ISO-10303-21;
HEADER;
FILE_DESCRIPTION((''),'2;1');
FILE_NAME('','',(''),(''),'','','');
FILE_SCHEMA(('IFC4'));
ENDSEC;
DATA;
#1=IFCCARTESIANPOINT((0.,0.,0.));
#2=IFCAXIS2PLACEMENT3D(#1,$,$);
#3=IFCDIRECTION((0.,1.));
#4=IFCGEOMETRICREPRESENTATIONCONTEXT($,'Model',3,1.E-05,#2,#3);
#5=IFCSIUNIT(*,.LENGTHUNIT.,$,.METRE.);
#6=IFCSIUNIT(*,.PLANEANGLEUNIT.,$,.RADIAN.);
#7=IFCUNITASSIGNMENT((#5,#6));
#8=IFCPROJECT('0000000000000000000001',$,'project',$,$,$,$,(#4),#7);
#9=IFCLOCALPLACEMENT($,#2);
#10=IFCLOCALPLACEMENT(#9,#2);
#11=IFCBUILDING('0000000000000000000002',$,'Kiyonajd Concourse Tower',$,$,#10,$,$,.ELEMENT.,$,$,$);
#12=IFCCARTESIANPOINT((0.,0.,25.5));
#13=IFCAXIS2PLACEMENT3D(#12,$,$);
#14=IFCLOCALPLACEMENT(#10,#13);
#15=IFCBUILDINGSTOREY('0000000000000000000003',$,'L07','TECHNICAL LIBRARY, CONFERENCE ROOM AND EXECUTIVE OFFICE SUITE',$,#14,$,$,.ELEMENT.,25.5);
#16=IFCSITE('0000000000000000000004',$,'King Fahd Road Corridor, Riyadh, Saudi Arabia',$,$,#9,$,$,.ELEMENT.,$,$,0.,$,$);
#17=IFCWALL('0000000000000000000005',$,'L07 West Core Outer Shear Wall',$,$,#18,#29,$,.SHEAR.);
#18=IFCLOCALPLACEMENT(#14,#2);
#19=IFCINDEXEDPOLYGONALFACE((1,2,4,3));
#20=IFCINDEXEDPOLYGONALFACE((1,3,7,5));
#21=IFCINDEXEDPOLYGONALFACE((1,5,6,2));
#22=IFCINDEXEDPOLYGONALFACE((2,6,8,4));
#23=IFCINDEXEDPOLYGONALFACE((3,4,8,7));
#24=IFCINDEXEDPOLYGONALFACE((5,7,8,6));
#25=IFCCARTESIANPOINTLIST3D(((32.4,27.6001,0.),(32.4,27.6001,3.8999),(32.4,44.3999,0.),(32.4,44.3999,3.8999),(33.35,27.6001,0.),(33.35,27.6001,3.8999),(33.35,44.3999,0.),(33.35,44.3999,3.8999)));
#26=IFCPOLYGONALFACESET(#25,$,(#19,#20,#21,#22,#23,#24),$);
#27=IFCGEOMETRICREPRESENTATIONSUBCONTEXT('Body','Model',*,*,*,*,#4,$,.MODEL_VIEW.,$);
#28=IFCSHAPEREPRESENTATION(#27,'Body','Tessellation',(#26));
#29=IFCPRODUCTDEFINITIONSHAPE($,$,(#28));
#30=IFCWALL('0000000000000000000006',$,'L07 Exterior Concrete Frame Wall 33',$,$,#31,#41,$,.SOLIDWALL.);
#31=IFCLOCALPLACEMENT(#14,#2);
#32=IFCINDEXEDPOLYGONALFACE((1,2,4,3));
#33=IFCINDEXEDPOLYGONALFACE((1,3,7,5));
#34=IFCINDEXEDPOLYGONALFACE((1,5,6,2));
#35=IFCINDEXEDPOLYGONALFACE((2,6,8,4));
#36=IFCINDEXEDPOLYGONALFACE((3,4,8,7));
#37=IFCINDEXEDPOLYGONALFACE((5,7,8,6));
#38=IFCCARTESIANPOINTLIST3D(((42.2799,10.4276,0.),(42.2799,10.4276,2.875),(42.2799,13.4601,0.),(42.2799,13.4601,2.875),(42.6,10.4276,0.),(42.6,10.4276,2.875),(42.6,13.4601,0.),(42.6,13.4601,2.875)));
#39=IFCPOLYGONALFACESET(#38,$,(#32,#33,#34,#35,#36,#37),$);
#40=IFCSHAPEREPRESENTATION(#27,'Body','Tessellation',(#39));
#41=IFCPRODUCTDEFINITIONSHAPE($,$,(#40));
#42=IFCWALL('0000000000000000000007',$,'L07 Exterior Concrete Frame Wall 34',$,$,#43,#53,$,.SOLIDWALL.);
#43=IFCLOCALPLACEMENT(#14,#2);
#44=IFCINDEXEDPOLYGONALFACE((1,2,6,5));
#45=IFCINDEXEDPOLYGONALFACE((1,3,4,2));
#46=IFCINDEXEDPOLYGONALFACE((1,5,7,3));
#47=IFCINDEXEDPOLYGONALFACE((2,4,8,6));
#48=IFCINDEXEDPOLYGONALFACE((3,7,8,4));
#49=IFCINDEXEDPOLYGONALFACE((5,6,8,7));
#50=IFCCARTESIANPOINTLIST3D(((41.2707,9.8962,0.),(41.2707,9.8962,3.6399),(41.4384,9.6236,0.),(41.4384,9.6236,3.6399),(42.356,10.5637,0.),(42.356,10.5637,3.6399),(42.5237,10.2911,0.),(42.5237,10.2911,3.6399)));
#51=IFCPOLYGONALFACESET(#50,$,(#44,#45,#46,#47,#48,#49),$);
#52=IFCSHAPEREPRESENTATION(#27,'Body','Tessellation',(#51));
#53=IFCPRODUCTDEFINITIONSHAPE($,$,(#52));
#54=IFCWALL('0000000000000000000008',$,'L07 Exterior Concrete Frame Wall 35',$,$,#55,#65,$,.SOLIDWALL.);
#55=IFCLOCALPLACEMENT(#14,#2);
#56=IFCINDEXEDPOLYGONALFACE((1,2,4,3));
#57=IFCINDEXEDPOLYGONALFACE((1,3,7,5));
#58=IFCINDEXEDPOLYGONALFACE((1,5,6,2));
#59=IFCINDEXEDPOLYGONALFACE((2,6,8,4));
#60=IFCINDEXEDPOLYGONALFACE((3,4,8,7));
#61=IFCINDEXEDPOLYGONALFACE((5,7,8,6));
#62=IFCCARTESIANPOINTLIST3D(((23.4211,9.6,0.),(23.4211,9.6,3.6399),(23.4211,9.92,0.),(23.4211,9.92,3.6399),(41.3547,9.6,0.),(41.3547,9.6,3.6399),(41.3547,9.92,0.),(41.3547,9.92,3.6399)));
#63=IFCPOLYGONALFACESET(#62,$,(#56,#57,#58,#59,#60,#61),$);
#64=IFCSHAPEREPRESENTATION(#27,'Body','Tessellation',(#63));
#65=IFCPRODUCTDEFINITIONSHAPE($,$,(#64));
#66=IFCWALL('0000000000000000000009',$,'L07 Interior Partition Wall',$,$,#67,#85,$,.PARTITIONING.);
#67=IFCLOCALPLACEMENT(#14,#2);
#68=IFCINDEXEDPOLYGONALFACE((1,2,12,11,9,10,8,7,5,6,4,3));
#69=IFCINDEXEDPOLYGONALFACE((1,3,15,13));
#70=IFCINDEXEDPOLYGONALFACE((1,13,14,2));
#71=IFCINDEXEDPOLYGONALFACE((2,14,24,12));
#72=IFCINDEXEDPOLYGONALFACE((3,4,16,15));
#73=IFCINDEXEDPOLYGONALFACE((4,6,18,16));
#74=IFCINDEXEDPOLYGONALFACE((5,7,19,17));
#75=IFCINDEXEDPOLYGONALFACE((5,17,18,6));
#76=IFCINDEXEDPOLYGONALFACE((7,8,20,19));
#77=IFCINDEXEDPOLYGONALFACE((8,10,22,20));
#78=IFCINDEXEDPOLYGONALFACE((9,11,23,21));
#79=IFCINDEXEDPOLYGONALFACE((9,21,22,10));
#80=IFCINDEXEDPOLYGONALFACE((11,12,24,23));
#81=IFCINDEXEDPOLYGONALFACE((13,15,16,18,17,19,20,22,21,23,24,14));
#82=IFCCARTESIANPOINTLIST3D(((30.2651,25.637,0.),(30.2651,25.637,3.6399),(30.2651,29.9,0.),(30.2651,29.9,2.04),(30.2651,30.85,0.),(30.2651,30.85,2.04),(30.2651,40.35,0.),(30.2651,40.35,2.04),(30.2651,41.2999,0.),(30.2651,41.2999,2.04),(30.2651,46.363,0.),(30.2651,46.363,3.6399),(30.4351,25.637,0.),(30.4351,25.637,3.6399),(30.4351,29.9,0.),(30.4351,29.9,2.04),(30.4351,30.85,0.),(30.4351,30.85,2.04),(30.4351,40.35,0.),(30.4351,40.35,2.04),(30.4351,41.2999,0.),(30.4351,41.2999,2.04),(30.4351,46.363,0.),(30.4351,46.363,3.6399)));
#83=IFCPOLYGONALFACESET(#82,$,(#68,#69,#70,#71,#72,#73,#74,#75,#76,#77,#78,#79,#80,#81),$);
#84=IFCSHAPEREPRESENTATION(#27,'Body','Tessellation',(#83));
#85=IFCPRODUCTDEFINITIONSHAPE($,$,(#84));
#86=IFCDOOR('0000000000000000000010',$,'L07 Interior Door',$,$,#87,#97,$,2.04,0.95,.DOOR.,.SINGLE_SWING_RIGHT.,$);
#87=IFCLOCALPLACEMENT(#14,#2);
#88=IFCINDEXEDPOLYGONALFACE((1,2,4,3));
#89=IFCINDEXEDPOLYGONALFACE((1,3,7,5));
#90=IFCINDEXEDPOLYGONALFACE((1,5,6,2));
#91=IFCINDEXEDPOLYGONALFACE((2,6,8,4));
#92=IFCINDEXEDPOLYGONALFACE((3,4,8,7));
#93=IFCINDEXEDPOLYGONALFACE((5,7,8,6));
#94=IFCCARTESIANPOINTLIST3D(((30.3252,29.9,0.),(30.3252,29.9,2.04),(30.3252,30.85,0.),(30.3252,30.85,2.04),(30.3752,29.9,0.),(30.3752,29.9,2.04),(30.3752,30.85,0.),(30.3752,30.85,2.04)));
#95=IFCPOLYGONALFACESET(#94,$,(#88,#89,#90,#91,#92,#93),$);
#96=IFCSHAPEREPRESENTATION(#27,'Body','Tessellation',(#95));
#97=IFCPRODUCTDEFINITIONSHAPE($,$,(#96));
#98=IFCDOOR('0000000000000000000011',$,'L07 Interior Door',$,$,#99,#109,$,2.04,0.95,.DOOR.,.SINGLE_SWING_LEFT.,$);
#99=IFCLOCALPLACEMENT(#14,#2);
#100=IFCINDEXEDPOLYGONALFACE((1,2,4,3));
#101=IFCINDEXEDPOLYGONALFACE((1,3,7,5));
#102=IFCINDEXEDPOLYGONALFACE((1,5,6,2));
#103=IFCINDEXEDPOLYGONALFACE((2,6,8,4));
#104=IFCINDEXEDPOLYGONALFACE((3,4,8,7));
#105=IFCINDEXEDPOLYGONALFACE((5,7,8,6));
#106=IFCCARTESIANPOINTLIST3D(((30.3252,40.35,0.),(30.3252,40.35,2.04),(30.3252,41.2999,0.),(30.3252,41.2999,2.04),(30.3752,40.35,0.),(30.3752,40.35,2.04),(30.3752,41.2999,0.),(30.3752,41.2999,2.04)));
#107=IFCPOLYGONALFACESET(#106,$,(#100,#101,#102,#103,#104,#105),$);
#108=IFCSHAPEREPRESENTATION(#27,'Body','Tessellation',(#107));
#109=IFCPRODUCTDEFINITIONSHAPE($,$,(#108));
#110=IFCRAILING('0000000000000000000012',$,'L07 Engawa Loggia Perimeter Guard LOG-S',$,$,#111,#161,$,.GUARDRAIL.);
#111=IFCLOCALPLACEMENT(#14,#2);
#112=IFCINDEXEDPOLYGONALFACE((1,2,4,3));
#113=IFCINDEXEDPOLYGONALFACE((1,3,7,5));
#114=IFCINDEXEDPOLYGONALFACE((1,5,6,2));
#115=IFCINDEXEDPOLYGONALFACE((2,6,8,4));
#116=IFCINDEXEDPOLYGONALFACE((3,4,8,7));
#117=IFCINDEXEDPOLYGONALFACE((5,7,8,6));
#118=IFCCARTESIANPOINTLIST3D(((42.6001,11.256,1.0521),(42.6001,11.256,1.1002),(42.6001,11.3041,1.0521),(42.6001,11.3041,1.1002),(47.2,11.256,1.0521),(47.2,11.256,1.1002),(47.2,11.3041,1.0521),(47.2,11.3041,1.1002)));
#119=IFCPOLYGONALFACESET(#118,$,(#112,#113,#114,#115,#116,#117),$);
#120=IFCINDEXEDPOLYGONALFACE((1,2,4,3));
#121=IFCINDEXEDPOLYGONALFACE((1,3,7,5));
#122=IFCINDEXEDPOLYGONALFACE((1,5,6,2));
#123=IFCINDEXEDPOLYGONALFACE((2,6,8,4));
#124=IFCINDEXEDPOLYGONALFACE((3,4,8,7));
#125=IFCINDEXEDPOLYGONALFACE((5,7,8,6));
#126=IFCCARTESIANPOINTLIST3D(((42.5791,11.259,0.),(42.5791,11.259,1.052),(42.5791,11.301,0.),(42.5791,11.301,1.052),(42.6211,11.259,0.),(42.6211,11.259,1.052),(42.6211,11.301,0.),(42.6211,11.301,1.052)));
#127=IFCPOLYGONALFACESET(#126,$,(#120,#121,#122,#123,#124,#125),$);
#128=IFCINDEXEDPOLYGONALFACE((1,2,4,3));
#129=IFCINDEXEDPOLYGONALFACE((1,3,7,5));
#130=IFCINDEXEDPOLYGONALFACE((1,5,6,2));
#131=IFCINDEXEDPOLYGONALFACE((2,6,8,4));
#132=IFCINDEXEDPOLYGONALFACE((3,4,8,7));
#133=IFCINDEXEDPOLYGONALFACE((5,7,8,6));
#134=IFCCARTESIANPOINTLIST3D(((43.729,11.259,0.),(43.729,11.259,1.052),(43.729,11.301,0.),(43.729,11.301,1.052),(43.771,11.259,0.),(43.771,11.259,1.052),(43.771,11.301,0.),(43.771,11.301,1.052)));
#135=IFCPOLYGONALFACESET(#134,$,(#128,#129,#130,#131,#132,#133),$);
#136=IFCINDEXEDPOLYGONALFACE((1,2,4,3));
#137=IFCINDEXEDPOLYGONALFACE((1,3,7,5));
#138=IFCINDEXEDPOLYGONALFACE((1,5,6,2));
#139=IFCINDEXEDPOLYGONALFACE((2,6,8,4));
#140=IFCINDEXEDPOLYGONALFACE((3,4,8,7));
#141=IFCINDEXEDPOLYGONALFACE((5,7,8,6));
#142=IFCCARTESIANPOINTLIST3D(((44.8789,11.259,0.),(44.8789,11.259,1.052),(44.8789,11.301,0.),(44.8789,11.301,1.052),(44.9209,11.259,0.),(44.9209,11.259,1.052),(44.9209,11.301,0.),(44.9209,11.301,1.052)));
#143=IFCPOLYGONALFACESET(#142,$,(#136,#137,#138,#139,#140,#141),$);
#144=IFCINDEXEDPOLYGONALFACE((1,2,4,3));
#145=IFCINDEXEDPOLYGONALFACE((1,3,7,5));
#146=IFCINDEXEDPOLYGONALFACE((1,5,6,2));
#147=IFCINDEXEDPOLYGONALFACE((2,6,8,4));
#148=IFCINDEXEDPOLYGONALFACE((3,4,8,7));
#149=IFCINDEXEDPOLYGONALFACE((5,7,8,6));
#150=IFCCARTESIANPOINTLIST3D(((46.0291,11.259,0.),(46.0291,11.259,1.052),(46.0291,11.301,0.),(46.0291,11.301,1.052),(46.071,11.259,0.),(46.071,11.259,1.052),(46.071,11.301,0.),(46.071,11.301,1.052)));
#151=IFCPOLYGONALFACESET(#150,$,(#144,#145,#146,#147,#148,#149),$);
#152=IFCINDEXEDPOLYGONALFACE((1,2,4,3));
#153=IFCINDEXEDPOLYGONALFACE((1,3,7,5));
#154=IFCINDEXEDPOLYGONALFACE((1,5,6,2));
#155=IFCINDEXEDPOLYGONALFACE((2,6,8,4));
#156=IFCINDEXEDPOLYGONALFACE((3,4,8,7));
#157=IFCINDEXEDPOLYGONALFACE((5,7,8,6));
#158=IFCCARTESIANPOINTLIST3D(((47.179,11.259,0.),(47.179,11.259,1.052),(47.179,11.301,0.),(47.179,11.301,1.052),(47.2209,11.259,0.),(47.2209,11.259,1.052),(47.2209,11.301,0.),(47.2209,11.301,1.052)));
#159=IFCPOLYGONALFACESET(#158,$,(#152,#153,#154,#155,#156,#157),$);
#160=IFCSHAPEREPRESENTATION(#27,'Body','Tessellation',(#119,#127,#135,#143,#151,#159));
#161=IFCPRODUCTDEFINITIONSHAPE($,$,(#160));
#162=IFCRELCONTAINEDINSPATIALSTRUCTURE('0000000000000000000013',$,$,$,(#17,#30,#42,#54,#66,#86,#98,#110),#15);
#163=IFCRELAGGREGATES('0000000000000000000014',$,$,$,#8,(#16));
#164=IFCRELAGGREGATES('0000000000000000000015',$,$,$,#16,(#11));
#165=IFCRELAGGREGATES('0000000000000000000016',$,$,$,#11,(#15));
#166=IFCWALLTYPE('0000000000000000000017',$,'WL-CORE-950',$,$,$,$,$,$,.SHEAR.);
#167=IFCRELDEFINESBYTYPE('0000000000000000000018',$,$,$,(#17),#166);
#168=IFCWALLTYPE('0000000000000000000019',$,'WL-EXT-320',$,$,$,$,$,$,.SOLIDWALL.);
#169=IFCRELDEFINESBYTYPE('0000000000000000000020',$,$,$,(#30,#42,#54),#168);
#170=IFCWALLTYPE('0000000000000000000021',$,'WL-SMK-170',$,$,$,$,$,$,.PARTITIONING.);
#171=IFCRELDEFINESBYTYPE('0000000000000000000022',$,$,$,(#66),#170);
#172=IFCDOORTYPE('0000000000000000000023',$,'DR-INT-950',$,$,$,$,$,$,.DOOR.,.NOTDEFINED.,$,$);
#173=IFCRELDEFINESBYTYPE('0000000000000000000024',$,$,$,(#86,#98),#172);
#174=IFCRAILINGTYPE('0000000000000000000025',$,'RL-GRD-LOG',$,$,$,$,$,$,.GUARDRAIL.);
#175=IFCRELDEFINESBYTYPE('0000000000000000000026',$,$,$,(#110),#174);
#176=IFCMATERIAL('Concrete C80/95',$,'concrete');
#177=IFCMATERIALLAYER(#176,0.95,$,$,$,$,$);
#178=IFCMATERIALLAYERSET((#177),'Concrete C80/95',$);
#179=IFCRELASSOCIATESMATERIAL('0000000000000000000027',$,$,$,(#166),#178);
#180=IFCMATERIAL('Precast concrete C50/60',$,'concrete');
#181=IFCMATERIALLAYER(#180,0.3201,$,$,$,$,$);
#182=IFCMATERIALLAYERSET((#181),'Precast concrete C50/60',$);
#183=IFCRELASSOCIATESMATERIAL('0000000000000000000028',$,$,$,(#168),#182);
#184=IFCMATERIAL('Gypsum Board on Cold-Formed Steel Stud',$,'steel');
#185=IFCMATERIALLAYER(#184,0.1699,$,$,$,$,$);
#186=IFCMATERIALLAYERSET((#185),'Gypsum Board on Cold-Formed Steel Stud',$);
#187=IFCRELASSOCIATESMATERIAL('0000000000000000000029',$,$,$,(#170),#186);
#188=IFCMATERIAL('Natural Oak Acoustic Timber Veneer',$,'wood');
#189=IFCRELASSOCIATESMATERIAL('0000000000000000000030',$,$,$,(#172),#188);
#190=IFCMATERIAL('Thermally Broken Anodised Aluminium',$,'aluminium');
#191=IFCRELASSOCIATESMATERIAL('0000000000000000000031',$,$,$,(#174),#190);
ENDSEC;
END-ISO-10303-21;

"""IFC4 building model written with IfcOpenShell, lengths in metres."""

from ifc_helpers import new_model, si_unit, direction, frame, frame_2d, origin, origin_2d, place, context, subcontext, project, spatial, rectangle, extrude, material, layer, layer_set, type_object, element, fill, save


model = new_model("IFC4")

# Units and contexts
model_context = context("Model", 3, precision=1e-05, world=origin(), true_north=direction((0.0, 1.0)))
body_context = subcontext(model_context, "Body", "Model", "MODEL_VIEW")
ifc_project = project(units=[si_unit("LENGTHUNIT", "METRE"), si_unit("PLANEANGLEUNIT", "RADIAN")], contexts=[model_context])

# Site, building, storey
site_placement = place(None, origin())
site = spatial("IfcSite", under=ifc_project, at=site_placement, Name="King Fahd Road Corridor, Riyadh, Saudi Arabia", CompositionType="ELEMENT", RefElevation=0.0)
building_placement = place(site_placement, origin())
building = spatial("IfcBuilding", under=site, at=building_placement, Name="Kiyonajd Concourse Tower", CompositionType="ELEMENT")
storey_placement = place(building_placement, frame((0.0, 0.0, 25.5)))
storey = spatial("IfcBuildingStorey", under=building, at=storey_placement, Name="L07", Description="TECHNICAL LIBRARY, CONFERENCE ROOM AND EXECUTIVE OFFICE SUITE", CompositionType="ELEMENT", Elevation=25.5)

# Shared definitions
ifc_material_1 = material(Name="Concrete C80/95", Category="concrete")

# Shared definitions
ifc_material_2 = material(Name="Precast concrete C50/60", Category="concrete")

# Shared definitions
ifc_material_3 = material(Name="Thermally Broken Anodised Aluminium", Category="aluminium")

# Walls
ifc_layer_1 = layer(ifc_material_1, 0.95)
ifc_layer_set_1 = layer_set([ifc_layer_1], Name="Concrete C80/95")
wall_type_1 = type_object("IfcWallType", Name="WL-CORE-950", PredefinedType="SHEAR", material=ifc_layer_set_1)
wall_1_placement = place(storey_placement, frame((32.875, 27.6001, 0.0), z_axis=(0.0, 0.0, 1.0), x_axis=(0.0, 1.0, 0.0)))
element("IfcWall", 1, at=wall_1_placement, inside=storey, type_object=wall_type_1, Name="L07 West Core Outer Shear Wall", PredefinedType="SHEAR", context=body_context, shape_type="SweptSolid", body=[
    extrude(rectangle(XDim=16.7998, YDim=0.95, at=frame_2d((8.3999, 0.0))), origin(), (0.0, 0.0, 1.0), 3.8999),
])
ifc_layer_2 = layer(ifc_material_2, 0.3201)
ifc_layer_set_2 = layer_set([ifc_layer_2], Name="Precast concrete C50/60")
wall_type_2 = type_object("IfcWallType", Name="WL-EXT-320", PredefinedType="SOLIDWALL", material=ifc_layer_set_2)
wall_2_placement = place(storey_placement, frame((42.4399, 13.46, 0.0), z_axis=(0.0, 0.0, 1.0), x_axis=(0.0, -1.0, 0.0)))
element("IfcWall", 2, at=wall_2_placement, inside=storey, type_object=wall_type_2, Name="L07 Exterior Concrete Frame Wall 33", PredefinedType="SOLIDWALL", context=body_context, shape_type="SweptSolid", body=[
    extrude(rectangle(XDim=3.0325, YDim=0.3201, at=frame_2d((1.5161, 0.0))), origin(), (0.0, 0.0, 1.0), 2.875),
])
wall_3_placement = place(storey_placement, frame((42.4399, 10.4275, 0.0), z_axis=(0.0, 0.0, 1.0), x_axis=(-0.851777, -0.523905, 0.0)))
element("IfcWall", 3, at=wall_3_placement, inside=storey, type_object=wall_type_2, Name="L07 Exterior Concrete Frame Wall 34", PredefinedType="SOLIDWALL", context=body_context, shape_type="SweptSolid", body=[
    extrude(rectangle(XDim=1.2742, YDim=0.3201, at=frame_2d((0.6372, 0.0))), origin(), (0.0, 0.0, 1.0), 3.6399),
])
wall_4_placement = place(storey_placement, frame((41.3547, 9.76, 0.0), z_axis=(0.0, 0.0, 1.0), x_axis=(-1.0, 0.0, 0.0)))
element("IfcWall", 4, at=wall_4_placement, inside=storey, type_object=wall_type_2, Name="L07 Exterior Concrete Frame Wall 35", PredefinedType="SOLIDWALL", context=body_context, shape_type="SweptSolid", body=[
    extrude(rectangle(XDim=17.9336, YDim=0.3201, at=frame_2d((8.9668, 0.0))), origin(), (0.0, 0.0, 1.0), 3.6399),
])

# Wall, openings, doors
ifc_material_4 = material(Name="Gypsum Board on Cold-Formed Steel Stud", Category="steel")
ifc_layer_3 = layer(ifc_material_4, 0.1699)
ifc_layer_set_3 = layer_set([ifc_layer_3], Name="Gypsum Board on Cold-Formed Steel Stud")
wall_type_3 = type_object("IfcWallType", Name="WL-SMK-170", PredefinedType="PARTITIONING", material=ifc_layer_set_3)
wall_5_placement = place(storey_placement, frame((30.3501, 25.637, 0.0), z_axis=(0.0, 0.0, 1.0), x_axis=(0.0, 1.0, 0.0)))
wall_5 = element("IfcWall", 5, at=wall_5_placement, inside=storey, type_object=wall_type_3, Name="L07 Interior Partition Wall", PredefinedType="PARTITIONING", context=body_context, shape_type="SweptSolid", body=[
    extrude(rectangle(XDim=20.7261, YDim=0.1699, at=frame_2d((10.363, 0.0))), origin(), (0.0, 0.0, 1.0), 3.6399),
])
opening_1_placement = place(wall_5_placement, frame((4.2629, 0.0, 0.0)))
opening_1 = element("IfcOpeningElement", 6, at=opening_1_placement, cuts=wall_5, PredefinedType="OPENING", context=body_context, shape_type="SweptSolid", body=[
    extrude(rectangle(XDim=0.95, YDim=2.04, at=frame_2d((0.4751, 1.02))), frame((0.0, 0.095, 0.0), z_axis=(0.0, -1.0, 0.0), x_axis=(1.0, 0.0, 0.0)), (0.0, 0.0, 1.0), 0.1899),
])
opening_2_placement = place(wall_5_placement, frame((14.7129, 0.0, 0.0)))
opening_2 = element("IfcOpeningElement", 7, at=opening_2_placement, cuts=wall_5, PredefinedType="OPENING", context=body_context, shape_type="SweptSolid", body=[
    extrude(rectangle(XDim=0.95, YDim=2.04, at=frame_2d((0.4751, 1.02))), frame((0.0, 0.095, 0.0), z_axis=(0.0, -1.0, 0.0), x_axis=(1.0, 0.0, 0.0)), (0.0, 0.0, 1.0), 0.1899),
])
ifc_material_5 = material(Name="Natural Oak Acoustic Timber Veneer", Category="wood")
door_type = type_object("IfcDoorType", Name="DR-INT-950", OperationType="NOTDEFINED", PredefinedType="DOOR", material=ifc_material_5)
door_1_placement = place(opening_1_placement, origin())
door_1 = element("IfcDoor", 8, at=door_1_placement, inside=storey, type_object=door_type, Name="L07 Interior Door", OperationType="SINGLE_SWING_RIGHT", OverallHeight=2.04, OverallWidth=0.95, PredefinedType="DOOR", context=body_context, shape_type="SweptSolid", body=[
    extrude(rectangle(XDim=0.95, YDim=2.04, at=frame_2d((0.4751, 1.02))), frame((0.0, 0.0249, 0.0), z_axis=(0.0, -1.0, 0.0), x_axis=(1.0, 0.0, 0.0)), (0.0, 0.0, 1.0), 0.05),
])
fill(opening_1, door_1)
door_2_placement = place(opening_2_placement, origin())
door_2 = element("IfcDoor", 9, at=door_2_placement, inside=storey, type_object=door_type, Name="L07 Interior Door", OperationType="SINGLE_SWING_LEFT", OverallHeight=2.04, OverallWidth=0.95, PredefinedType="DOOR", context=body_context, shape_type="SweptSolid", body=[
    extrude(rectangle(XDim=0.95, YDim=2.04, at=frame_2d((0.4751, 1.02))), frame((0.0, 0.0249, 0.0), z_axis=(0.0, -1.0, 0.0), x_axis=(1.0, 0.0, 0.0)), (0.0, 0.0, 1.0), 0.05),
])
fill(opening_2, door_2)

# Railing
railing_type = type_object("IfcRailingType", Name="RL-GRD-LOG", PredefinedType="GUARDRAIL", material=ifc_material_3)
railing_placement = place(storey_placement, frame((42.6001, 11.28, 0.0)))
element("IfcRailing", 10, at=railing_placement, inside=storey, type_object=railing_type, Name="L07 Engawa Loggia Perimeter Guard LOG-S", PredefinedType="GUARDRAIL", context=body_context, shape_type="SweptSolid", body=[
    extrude(rectangle(XDim=0.0481, YDim=0.0481, at=origin_2d()), frame((0.0, 0.0, 1.0762), z_axis=(1.0, 0.0, 0.0), x_axis=(0.0, 1.0, 0.0)), (0.0, 0.0, 1.0), 4.5999),
    extrude(rectangle(XDim=0.042, YDim=0.042, at=origin_2d()), origin(), (0.0, 0.0, 1.0), 1.052),
    extrude(rectangle(XDim=0.042, YDim=0.042, at=origin_2d()), frame((1.1499, 0.0, 0.0)), (0.0, 0.0, 1.0), 1.052),
    extrude(rectangle(XDim=0.042, YDim=0.042, at=origin_2d()), frame((2.2998, 0.0, 0.0)), (0.0, 0.0, 1.0), 1.052),
    extrude(rectangle(XDim=0.042, YDim=0.042, at=origin_2d()), frame((3.45, 0.0, 0.0)), (0.0, 0.0, 1.0), 1.052),
    extrude(rectangle(XDim=0.042, YDim=0.042, at=origin_2d()), frame((4.5999, 0.0, 0.0)), (0.0, 0.0, 1.0), 1.052),
])

save(model, "model.ifc")
